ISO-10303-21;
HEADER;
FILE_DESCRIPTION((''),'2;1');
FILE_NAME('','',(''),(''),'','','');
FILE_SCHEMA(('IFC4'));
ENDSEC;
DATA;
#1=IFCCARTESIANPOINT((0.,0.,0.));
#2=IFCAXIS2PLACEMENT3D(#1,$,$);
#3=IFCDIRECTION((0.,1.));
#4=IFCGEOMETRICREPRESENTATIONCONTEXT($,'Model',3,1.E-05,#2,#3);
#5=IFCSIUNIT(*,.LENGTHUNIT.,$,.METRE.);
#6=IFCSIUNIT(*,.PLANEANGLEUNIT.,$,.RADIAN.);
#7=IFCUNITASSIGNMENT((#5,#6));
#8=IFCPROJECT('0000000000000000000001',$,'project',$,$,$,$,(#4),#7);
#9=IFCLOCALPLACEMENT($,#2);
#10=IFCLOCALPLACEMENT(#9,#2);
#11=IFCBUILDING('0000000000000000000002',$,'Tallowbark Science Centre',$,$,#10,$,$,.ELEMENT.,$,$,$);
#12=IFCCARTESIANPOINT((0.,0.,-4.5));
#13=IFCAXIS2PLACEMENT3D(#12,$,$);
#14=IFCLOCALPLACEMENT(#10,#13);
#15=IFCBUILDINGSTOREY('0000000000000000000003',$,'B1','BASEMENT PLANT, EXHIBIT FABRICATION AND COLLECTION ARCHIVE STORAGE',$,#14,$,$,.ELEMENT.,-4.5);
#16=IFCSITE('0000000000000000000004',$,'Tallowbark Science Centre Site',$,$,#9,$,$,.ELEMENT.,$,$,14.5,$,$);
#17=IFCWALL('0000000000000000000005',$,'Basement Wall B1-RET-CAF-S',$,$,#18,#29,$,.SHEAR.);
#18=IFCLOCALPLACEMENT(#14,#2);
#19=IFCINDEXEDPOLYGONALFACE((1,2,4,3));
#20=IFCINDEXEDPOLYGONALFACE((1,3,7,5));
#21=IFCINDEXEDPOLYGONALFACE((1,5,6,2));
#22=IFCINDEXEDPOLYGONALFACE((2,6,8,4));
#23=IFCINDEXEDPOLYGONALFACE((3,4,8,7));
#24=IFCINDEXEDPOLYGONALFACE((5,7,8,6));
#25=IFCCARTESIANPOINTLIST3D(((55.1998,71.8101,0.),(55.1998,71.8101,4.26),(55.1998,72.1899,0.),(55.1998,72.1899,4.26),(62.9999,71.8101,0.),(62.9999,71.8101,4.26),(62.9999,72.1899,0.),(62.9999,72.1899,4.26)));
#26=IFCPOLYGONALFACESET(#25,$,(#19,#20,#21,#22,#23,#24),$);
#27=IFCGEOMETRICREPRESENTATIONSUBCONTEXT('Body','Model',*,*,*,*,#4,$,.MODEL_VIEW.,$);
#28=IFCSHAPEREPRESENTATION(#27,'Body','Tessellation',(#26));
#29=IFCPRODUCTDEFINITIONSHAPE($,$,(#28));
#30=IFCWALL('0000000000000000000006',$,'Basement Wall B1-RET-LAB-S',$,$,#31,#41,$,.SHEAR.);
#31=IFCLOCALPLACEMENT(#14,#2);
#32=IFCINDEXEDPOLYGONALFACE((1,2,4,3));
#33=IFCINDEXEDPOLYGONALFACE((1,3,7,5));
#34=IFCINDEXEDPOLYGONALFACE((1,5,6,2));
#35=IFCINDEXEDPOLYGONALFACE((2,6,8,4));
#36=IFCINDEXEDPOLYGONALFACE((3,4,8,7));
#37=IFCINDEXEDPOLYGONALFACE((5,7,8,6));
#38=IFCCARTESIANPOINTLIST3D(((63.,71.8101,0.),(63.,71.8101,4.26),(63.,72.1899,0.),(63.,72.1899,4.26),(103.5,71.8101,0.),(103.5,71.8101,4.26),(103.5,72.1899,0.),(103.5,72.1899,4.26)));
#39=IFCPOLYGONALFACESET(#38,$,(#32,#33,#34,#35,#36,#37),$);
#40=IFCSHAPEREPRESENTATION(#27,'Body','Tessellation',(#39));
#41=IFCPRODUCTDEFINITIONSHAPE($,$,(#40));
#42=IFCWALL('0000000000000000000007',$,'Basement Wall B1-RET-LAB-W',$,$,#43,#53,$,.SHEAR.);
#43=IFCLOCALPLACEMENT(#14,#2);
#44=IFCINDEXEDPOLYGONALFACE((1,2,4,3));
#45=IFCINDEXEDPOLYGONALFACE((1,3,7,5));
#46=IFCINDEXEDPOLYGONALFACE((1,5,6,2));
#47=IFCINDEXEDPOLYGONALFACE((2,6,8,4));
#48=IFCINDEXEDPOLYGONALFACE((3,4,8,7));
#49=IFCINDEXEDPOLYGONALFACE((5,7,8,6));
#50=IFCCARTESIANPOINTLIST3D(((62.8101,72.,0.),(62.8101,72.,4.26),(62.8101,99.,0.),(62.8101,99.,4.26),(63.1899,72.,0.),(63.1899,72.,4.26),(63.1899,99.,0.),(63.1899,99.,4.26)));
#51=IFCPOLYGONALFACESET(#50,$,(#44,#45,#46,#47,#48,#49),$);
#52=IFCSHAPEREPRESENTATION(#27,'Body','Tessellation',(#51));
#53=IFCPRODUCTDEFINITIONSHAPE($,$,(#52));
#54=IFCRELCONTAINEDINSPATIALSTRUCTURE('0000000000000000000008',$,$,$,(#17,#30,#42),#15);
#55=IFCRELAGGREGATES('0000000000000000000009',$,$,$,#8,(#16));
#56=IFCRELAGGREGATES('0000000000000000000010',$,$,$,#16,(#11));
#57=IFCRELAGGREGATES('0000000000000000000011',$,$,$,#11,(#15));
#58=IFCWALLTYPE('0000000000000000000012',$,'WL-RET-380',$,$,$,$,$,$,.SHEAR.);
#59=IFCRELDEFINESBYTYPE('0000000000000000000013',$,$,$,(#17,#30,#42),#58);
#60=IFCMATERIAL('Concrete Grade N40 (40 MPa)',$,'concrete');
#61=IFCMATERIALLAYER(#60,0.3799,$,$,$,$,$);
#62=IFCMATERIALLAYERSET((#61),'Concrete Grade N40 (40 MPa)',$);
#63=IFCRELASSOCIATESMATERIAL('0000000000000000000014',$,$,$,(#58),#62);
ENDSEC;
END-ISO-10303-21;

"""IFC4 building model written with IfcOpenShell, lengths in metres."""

from ifc_helpers import new_model, si_unit, direction, frame, frame_2d, origin, place, context, subcontext, project, spatial, rectangle, extrude, material, layer, layer_set, type_object, element, save


model = new_model("IFC4")

# Units and contexts
model_context = context("Model", 3, precision=1e-05, world=origin(), true_north=direction((0.0, 1.0)))
body_context = subcontext(model_context, "Body", "Model", "MODEL_VIEW")
ifc_project = project(units=[si_unit("LENGTHUNIT", "METRE"), si_unit("PLANEANGLEUNIT", "RADIAN")], contexts=[model_context])

# Site, building, storey
site_placement = place(None, origin())
site = spatial("IfcSite", under=ifc_project, at=site_placement, Name="Tallowbark Science Centre Site", CompositionType="ELEMENT", RefElevation=14.5)
building_placement = place(site_placement, origin())
building = spatial("IfcBuilding", under=site, at=building_placement, Name="Tallowbark Science Centre", CompositionType="ELEMENT")
storey_placement = place(building_placement, frame((0.0, 0.0, -4.5)))
storey = spatial("IfcBuildingStorey", under=building, at=storey_placement, Name="B1", Description="BASEMENT PLANT, EXHIBIT FABRICATION AND COLLECTION ARCHIVE STORAGE", CompositionType="ELEMENT", Elevation=-4.5)

# Shared definitions
ifc_material_1 = material(Name="Concrete Grade N40 (40 MPa)", Category="concrete")

# Walls
ifc_layer_1 = layer(ifc_material_1, 0.3799)
ifc_layer_set_1 = layer_set([ifc_layer_1], Name="Concrete Grade N40 (40 MPa)")
wall_type = type_object("IfcWallType", Name="WL-RET-380", PredefinedType="SHEAR", material=ifc_layer_set_1)
wall_1_placement = place(storey_placement, frame((55.2, 72.0, 0.0), z_axis=(0.0, 0.0, 1.0), x_axis=(1.0, 0.0, 0.0)))
element("IfcWall", 1, at=wall_1_placement, inside=storey, type_object=wall_type, Name="Basement Wall B1-RET-CAF-S", PredefinedType="SHEAR", context=body_context, shape_type="SweptSolid", body=[
    extrude(rectangle(XDim=7.8, YDim=0.3799, at=frame_2d((3.8999, 0.0))), origin(), (0.0, 0.0, 1.0), 4.26),
])
wall_2_placement = place(storey_placement, frame((63.0, 72.0, 0.0), z_axis=(0.0, 0.0, 1.0), x_axis=(1.0, 0.0, 0.0)))
element("IfcWall", 2, at=wall_2_placement, inside=storey, type_object=wall_type, Name="Basement Wall B1-RET-LAB-S", PredefinedType="SHEAR", context=body_context, shape_type="SweptSolid", body=[
    extrude(rectangle(XDim=40.5, YDim=0.3799, at=frame_2d((20.25, 0.0))), origin(), (0.0, 0.0, 1.0), 4.26),
])
wall_3_placement = place(storey_placement, frame((63.0, 72.0, 0.0), z_axis=(0.0, 0.0, 1.0), x_axis=(0.0, 1.0, 0.0)))
element("IfcWall", 3, at=wall_3_placement, inside=storey, type_object=wall_type, Name="Basement Wall B1-RET-LAB-W", PredefinedType="SHEAR", context=body_context, shape_type="SweptSolid", body=[
    extrude(rectangle(XDim=27.0, YDim=0.3799, at=frame_2d((13.5, 0.0))), origin(), (0.0, 0.0, 1.0), 4.26),
])

save(model, "model.ifc")
